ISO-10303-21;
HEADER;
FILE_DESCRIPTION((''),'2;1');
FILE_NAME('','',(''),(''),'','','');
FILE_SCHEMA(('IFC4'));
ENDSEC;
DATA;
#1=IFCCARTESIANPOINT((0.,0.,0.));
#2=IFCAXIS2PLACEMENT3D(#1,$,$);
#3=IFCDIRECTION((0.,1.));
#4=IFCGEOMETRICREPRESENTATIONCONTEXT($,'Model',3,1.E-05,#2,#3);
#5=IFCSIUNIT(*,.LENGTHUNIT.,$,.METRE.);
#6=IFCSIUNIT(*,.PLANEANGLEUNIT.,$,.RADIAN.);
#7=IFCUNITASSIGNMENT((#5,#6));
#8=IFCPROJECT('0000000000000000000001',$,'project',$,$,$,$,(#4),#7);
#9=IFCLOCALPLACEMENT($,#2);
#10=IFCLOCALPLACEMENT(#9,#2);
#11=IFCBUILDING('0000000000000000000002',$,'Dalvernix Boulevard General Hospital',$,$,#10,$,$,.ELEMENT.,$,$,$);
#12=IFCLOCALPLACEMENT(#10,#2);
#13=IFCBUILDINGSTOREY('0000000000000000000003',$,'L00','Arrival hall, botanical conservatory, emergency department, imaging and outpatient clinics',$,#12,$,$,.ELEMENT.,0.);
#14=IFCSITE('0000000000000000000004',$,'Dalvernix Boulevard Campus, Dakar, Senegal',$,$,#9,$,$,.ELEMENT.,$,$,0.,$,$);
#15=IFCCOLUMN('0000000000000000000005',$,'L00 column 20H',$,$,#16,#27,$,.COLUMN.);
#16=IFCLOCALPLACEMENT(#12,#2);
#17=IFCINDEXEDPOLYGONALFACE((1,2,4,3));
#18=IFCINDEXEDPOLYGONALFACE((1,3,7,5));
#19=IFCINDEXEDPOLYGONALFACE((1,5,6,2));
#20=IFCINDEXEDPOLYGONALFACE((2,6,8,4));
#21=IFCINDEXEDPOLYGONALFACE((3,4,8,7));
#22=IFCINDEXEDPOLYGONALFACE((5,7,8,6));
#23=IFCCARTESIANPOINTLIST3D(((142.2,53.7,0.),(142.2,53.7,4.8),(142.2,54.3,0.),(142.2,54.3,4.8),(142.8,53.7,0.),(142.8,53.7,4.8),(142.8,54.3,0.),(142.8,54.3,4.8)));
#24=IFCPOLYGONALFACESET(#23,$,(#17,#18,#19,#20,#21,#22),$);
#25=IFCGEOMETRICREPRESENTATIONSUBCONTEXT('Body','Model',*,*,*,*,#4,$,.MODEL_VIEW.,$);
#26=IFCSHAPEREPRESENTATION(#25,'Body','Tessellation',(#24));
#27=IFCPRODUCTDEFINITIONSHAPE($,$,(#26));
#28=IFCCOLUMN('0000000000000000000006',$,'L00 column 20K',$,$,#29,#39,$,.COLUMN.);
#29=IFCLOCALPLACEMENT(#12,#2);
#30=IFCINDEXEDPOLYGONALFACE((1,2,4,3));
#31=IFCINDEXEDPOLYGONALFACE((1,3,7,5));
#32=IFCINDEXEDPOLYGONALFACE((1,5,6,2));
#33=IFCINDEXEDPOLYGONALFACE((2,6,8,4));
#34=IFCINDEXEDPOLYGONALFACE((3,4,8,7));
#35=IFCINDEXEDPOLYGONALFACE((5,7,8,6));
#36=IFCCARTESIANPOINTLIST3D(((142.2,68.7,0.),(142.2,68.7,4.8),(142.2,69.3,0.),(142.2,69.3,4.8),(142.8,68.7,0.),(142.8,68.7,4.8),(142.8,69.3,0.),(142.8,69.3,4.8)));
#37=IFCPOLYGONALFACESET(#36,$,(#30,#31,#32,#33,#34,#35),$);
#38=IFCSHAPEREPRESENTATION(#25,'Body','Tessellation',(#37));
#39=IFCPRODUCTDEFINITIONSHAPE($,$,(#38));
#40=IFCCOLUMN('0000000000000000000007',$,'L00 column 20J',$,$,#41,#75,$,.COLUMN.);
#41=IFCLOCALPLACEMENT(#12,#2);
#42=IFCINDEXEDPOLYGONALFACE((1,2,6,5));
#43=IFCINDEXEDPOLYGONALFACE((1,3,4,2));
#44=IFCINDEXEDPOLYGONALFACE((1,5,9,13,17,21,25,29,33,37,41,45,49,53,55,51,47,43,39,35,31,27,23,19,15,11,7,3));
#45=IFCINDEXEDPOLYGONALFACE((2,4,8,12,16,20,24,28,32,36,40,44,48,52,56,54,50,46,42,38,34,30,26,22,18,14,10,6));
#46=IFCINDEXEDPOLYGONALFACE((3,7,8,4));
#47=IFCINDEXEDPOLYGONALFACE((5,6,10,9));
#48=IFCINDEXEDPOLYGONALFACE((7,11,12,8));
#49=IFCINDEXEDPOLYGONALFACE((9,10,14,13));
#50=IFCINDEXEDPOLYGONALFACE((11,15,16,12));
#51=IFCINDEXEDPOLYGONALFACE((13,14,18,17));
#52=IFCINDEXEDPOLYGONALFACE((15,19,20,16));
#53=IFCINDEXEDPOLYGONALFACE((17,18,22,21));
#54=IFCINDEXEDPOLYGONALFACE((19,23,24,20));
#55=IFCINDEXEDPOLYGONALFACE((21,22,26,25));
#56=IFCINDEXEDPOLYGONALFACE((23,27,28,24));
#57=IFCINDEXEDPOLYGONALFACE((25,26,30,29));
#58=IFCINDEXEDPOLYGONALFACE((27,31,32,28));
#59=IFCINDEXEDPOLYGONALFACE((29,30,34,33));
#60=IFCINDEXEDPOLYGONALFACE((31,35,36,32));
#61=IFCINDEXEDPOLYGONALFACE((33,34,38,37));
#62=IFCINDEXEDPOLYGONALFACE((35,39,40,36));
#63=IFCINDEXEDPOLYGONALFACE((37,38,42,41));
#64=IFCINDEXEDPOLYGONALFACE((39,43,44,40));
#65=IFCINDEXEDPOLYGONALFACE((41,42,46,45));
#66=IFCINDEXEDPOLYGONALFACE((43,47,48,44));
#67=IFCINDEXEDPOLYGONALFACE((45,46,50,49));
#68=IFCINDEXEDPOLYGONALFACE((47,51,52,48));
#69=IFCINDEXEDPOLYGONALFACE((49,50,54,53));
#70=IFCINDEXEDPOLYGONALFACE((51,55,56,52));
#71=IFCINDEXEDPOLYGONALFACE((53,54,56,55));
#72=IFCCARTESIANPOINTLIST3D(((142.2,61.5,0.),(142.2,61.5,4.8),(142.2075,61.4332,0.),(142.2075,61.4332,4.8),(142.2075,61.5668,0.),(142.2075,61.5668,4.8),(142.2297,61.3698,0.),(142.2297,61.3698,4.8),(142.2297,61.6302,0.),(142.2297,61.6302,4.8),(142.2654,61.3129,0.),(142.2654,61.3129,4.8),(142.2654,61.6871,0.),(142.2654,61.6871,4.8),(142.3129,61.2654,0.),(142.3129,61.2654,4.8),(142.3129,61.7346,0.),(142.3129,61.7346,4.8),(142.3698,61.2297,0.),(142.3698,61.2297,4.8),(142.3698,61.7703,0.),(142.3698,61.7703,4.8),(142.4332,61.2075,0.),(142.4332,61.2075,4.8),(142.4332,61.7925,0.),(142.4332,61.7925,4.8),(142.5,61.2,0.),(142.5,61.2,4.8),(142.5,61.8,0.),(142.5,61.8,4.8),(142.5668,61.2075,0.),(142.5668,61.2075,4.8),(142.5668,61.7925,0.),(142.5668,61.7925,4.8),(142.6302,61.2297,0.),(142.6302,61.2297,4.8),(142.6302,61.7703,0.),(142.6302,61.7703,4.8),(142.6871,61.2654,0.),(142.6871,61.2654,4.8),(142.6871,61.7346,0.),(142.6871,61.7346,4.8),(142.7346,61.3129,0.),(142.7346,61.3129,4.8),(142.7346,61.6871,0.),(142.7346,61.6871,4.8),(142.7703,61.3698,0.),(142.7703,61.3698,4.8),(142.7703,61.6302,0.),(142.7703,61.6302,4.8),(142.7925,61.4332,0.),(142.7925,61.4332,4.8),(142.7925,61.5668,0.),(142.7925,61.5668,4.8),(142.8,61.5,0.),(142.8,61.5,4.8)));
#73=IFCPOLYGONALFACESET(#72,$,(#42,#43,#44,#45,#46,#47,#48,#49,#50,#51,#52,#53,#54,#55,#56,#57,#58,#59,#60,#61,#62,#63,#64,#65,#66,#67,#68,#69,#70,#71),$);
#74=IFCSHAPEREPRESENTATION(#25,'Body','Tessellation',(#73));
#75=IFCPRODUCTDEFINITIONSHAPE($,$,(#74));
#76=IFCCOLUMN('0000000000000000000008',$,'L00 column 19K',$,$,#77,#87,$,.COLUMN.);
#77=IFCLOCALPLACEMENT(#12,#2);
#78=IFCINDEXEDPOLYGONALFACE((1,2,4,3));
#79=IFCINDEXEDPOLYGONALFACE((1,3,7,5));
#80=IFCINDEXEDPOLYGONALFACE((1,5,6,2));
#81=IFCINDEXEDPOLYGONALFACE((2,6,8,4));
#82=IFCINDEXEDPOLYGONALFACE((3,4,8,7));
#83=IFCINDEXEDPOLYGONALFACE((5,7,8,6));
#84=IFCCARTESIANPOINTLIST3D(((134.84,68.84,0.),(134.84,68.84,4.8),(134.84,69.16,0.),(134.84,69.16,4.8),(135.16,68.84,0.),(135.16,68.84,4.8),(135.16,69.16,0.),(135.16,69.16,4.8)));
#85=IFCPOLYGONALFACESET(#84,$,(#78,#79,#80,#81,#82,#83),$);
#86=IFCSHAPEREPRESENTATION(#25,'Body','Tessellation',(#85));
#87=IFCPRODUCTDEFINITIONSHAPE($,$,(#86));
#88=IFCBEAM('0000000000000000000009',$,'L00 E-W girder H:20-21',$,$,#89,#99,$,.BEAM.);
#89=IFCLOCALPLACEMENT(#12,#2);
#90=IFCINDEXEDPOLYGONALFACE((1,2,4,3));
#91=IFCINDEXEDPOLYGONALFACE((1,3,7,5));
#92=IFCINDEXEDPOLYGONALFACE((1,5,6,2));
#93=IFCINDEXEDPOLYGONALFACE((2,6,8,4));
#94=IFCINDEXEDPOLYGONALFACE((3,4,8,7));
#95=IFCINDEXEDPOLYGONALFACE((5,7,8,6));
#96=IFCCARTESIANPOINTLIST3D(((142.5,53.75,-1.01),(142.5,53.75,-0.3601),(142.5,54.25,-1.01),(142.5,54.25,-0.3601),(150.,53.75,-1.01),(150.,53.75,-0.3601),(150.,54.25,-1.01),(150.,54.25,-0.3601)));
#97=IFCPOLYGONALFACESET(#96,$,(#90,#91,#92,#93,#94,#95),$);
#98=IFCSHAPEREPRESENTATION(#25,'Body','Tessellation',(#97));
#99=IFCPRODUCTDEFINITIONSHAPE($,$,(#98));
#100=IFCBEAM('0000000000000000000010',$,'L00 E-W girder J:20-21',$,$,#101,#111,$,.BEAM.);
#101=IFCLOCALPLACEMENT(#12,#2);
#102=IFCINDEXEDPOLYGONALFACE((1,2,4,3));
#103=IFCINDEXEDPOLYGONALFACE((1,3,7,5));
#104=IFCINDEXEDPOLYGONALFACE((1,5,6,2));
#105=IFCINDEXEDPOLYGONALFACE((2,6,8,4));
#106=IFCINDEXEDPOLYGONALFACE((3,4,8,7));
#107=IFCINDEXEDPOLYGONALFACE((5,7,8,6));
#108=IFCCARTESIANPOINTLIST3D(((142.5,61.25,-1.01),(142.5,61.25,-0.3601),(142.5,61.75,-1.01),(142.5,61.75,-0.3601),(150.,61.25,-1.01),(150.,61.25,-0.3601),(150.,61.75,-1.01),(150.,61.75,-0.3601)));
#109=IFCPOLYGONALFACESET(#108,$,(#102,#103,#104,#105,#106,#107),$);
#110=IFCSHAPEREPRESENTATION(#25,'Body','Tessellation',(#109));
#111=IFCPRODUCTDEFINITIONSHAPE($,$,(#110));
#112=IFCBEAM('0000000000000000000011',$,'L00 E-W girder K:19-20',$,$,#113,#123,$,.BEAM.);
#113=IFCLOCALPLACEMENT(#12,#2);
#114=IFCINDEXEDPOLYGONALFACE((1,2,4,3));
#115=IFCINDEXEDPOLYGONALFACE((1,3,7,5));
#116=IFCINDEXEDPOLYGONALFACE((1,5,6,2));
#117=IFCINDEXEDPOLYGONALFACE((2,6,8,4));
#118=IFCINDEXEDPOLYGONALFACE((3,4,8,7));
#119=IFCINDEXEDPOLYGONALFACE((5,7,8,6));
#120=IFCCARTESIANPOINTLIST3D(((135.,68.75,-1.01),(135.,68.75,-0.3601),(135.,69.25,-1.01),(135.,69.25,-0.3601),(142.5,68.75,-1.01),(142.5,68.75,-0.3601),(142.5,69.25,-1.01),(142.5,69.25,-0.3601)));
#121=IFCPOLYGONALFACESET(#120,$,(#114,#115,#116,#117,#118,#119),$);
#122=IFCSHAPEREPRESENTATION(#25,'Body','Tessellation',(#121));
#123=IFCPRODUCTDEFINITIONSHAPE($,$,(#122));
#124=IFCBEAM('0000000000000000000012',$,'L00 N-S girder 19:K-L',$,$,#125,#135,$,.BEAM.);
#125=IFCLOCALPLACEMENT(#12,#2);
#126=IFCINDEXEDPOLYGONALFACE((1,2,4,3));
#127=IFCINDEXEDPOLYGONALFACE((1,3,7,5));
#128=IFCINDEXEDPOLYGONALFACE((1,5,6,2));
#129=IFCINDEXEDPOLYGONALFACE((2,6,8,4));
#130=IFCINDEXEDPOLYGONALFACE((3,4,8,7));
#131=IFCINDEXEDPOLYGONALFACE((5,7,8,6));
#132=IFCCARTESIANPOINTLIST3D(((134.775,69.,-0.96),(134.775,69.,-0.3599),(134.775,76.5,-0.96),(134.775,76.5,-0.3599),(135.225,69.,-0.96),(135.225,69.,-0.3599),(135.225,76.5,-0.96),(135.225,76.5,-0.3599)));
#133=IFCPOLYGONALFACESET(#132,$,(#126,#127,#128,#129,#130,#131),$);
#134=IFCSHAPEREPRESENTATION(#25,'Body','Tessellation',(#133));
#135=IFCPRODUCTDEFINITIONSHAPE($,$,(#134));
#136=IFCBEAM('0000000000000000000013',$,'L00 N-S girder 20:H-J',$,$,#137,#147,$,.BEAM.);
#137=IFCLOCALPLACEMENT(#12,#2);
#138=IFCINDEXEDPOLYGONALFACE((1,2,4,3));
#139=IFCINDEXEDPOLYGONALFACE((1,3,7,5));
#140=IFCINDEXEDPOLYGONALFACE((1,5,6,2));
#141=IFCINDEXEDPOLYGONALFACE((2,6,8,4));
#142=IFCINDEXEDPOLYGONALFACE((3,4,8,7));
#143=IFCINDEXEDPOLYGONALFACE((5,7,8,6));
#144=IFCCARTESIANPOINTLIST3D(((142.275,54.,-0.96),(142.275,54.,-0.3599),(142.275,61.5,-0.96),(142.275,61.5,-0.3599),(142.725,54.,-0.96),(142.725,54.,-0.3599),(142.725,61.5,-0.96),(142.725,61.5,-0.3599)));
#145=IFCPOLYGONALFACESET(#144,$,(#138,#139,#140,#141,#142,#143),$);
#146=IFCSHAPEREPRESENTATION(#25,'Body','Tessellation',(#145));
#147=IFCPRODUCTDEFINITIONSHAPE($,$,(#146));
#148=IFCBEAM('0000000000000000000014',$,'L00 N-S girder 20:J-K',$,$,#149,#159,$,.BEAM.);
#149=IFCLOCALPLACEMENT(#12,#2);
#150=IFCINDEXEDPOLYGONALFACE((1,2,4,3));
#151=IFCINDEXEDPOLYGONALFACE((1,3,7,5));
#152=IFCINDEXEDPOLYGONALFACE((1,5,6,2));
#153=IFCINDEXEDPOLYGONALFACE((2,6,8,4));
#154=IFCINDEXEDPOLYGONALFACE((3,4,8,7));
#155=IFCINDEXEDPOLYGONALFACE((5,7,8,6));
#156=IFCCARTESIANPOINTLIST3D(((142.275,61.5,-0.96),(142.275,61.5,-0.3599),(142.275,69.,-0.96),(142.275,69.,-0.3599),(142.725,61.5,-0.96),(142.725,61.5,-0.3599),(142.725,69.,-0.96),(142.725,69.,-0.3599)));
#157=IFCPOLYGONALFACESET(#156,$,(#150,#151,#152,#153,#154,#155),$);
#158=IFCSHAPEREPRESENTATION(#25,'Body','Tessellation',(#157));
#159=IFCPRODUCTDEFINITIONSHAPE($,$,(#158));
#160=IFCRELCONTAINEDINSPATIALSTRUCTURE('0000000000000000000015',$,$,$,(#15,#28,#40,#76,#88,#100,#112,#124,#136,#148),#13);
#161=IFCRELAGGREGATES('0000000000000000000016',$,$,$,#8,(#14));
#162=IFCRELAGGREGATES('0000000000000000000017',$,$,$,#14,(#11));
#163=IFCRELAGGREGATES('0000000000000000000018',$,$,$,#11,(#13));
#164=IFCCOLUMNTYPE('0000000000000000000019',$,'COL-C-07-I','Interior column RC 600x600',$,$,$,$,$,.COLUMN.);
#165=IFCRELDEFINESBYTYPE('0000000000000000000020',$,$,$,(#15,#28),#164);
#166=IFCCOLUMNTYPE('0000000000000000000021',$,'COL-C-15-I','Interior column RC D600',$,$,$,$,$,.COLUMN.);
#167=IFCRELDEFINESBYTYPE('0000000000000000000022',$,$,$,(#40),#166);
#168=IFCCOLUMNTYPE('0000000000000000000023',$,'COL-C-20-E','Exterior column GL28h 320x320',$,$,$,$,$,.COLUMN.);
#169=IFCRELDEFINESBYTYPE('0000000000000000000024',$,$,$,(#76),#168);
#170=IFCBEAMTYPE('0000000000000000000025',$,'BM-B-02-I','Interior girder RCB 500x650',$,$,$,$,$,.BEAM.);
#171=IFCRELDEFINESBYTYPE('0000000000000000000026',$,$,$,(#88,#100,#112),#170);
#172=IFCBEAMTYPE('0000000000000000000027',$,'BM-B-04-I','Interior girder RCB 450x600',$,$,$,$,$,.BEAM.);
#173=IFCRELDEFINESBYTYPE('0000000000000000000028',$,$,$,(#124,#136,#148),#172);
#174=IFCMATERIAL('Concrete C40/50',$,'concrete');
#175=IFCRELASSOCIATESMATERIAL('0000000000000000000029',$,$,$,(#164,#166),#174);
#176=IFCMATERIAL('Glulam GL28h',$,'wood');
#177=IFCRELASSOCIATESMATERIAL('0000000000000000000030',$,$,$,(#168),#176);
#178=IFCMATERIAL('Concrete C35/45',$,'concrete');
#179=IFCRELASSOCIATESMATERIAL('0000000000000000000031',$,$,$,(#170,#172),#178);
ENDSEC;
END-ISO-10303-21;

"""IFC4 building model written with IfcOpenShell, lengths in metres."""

from ifc_helpers import new_model, si_unit, direction, frame, origin, origin_2d, place, context, subcontext, project, spatial, rectangle, circle, extrude, material, material_profile, profile_set, type_object, element, save


model = new_model("IFC4")

# Units and contexts
model_context = context("Model", 3, precision=1e-05, world=origin(), true_north=direction((0.0, 1.0)))
body_context = subcontext(model_context, "Body", "Model", "MODEL_VIEW")
ifc_project = project(units=[si_unit("LENGTHUNIT", "METRE"), si_unit("PLANEANGLEUNIT", "RADIAN")], contexts=[model_context])

# Site, building, storey
site_placement = place(None, origin())
site = spatial("IfcSite", under=ifc_project, at=site_placement, Name="Dalvernix Boulevard Campus, Dakar, Senegal", CompositionType="ELEMENT", RefElevation=0.0)
building_placement = place(site_placement, origin())
building = spatial("IfcBuilding", under=site, at=building_placement, Name="Dalvernix Boulevard General Hospital", CompositionType="ELEMENT")
storey_placement = place(building_placement, origin())
storey = spatial("IfcBuildingStorey", under=building, at=storey_placement, Name="L00", Description="Arrival hall, botanical conservatory, emergency department, imaging and outpatient clinics", CompositionType="ELEMENT", Elevation=0.0)

# Columns
ifc_material_1 = material(Name="Concrete C40/50", Category="concrete")
ifc_material_profile_1 = material_profile(ifc_material_1, rectangle(XDim=0.6001, YDim=0.6001, at=origin_2d()), Name="RC 600x600")
ifc_profile_set_1 = profile_set([ifc_material_profile_1], Name="Concrete C40/50")
column_type_1 = type_object("IfcColumnType", Name="COL-C-07-I", Description="Interior column RC 600x600", PredefinedType="COLUMN", material=ifc_profile_set_1)
for number, where, z_axis, x_axis, name in (
    (1, (142.5, 54.0, 0.0), (0.0, 0.0, 1.0), (1.0, 0.0, 0.0), "L00 column 20H"),
    (2, (142.5, 69.0, 0.0), (0.0, 0.0, 1.0), (1.0, 0.0, 0.0), "L00 column 20K"),
):
    element("IfcColumn", number, at=place(storey_placement, frame(where, z_axis=z_axis, x_axis=x_axis)), inside=storey, type_object=column_type_1, Name=name, PredefinedType="COLUMN", context=body_context, shape_type="SweptSolid", body=[
        extrude(rectangle(XDim=0.6001, YDim=0.6001, at=origin_2d()), origin(), (0.0, 0.0, 1.0), 4.8),
    ])
ifc_material_profile_2 = material_profile(ifc_material_1, circle(Radius=0.3, at=origin_2d()), Name="RC D600")
ifc_profile_set_2 = profile_set([ifc_material_profile_2], Name="Concrete C40/50")
column_type_2 = type_object("IfcColumnType", Name="COL-C-15-I", Description="Interior column RC D600", PredefinedType="COLUMN", material=ifc_profile_set_2)
column_1_placement = place(storey_placement, frame((142.5, 61.5, 0.0), z_axis=(0.0, 0.0, 1.0), x_axis=(1.0, 0.0, 0.0)))
element("IfcColumn", 3, at=column_1_placement, inside=storey, type_object=column_type_2, Name="L00 column 20J", PredefinedType="COLUMN", context=body_context, shape_type="SweptSolid", body=[
    extrude(circle(Radius=0.3, at=origin_2d()), origin(), (0.0, 0.0, 1.0), 4.8),
])
ifc_material_2 = material(Name="Glulam GL28h", Category="wood")
ifc_material_profile_3 = material_profile(ifc_material_2, rectangle(XDim=0.3201, YDim=0.3201, at=origin_2d()), Name="GL28h 320x320")
ifc_profile_set_3 = profile_set([ifc_material_profile_3], Name="Glulam GL28h")
column_type_3 = type_object("IfcColumnType", Name="COL-C-20-E", Description="Exterior column GL28h 320x320", PredefinedType="COLUMN", material=ifc_profile_set_3)
column_2_placement = place(storey_placement, frame((135.0, 69.0, 0.0), z_axis=(0.0, 0.0, 1.0), x_axis=(1.0, 0.0, 0.0)))
element("IfcColumn", 4, at=column_2_placement, inside=storey, type_object=column_type_3, Name="L00 column 19K", PredefinedType="COLUMN", context=body_context, shape_type="SweptSolid", body=[
    extrude(rectangle(XDim=0.3201, YDim=0.3201, at=origin_2d()), origin(), (0.0, 0.0, 1.0), 4.8),
])

# Beams
ifc_material_3 = material(Name="Concrete C35/45", Category="concrete")
ifc_material_profile_4 = material_profile(ifc_material_3, rectangle(XDim=0.5, YDim=0.6499, at=origin_2d()), Name="RCB 500x650")
ifc_profile_set_4 = profile_set([ifc_material_profile_4], Name="Concrete C35/45")
beam_type_1 = type_object("IfcBeamType", Name="BM-B-02-I", Description="Interior girder RCB 500x650", PredefinedType="BEAM", material=ifc_profile_set_4)
for number, where, z_axis, x_axis, name in (
    (5, (142.5, 54.0, -0.6851), (1.0, 0.0, 0.0), (0.0, 1.0, 0.0), "L00 E-W girder H:20-21"),
    (6, (142.5, 61.5, -0.6851), (1.0, 0.0, 0.0), (0.0, 1.0, 0.0), "L00 E-W girder J:20-21"),
    (7, (135.0, 69.0, -0.6851), (1.0, 0.0, 0.0), (0.0, 1.0, 0.0), "L00 E-W girder K:19-20"),
):
    element("IfcBeam", number, at=place(storey_placement, frame(where, z_axis=z_axis, x_axis=x_axis)), inside=storey, type_object=beam_type_1, Name=name, PredefinedType="BEAM", context=body_context, shape_type="SweptSolid", body=[
        extrude(rectangle(XDim=0.5, YDim=0.6499, at=origin_2d()), origin(), (0.0, 0.0, 1.0), 7.5),
    ])
ifc_material_profile_5 = material_profile(ifc_material_3, rectangle(XDim=0.45, YDim=0.6001, at=origin_2d()), Name="RCB 450x600")
ifc_profile_set_5 = profile_set([ifc_material_profile_5], Name="Concrete C35/45")
beam_type_2 = type_object("IfcBeamType", Name="BM-B-04-I", Description="Interior girder RCB 450x600", PredefinedType="BEAM", material=ifc_profile_set_5)
for number, where, z_axis, x_axis, name in (
    (8, (135.0, 69.0, -0.6599), (0.0, 1.0, 0.0), (-1.0, 0.0, 0.0), "L00 N-S girder 19:K-L"),
    (9, (142.5, 54.0, -0.6599), (0.0, 1.0, 0.0), (-1.0, 0.0, 0.0), "L00 N-S girder 20:H-J"),
    (10, (142.5, 61.5, -0.6599), (0.0, 1.0, 0.0), (-1.0, 0.0, 0.0), "L00 N-S girder 20:J-K"),
):
    element("IfcBeam", number, at=place(storey_placement, frame(where, z_axis=z_axis, x_axis=x_axis)), inside=storey, type_object=beam_type_2, Name=name, PredefinedType="BEAM", context=body_context, shape_type="SweptSolid", body=[
        extrude(rectangle(XDim=0.45, YDim=0.6001, at=origin_2d()), origin(), (0.0, 0.0, 1.0), 7.5),
    ])

save(model, "model.ifc")
